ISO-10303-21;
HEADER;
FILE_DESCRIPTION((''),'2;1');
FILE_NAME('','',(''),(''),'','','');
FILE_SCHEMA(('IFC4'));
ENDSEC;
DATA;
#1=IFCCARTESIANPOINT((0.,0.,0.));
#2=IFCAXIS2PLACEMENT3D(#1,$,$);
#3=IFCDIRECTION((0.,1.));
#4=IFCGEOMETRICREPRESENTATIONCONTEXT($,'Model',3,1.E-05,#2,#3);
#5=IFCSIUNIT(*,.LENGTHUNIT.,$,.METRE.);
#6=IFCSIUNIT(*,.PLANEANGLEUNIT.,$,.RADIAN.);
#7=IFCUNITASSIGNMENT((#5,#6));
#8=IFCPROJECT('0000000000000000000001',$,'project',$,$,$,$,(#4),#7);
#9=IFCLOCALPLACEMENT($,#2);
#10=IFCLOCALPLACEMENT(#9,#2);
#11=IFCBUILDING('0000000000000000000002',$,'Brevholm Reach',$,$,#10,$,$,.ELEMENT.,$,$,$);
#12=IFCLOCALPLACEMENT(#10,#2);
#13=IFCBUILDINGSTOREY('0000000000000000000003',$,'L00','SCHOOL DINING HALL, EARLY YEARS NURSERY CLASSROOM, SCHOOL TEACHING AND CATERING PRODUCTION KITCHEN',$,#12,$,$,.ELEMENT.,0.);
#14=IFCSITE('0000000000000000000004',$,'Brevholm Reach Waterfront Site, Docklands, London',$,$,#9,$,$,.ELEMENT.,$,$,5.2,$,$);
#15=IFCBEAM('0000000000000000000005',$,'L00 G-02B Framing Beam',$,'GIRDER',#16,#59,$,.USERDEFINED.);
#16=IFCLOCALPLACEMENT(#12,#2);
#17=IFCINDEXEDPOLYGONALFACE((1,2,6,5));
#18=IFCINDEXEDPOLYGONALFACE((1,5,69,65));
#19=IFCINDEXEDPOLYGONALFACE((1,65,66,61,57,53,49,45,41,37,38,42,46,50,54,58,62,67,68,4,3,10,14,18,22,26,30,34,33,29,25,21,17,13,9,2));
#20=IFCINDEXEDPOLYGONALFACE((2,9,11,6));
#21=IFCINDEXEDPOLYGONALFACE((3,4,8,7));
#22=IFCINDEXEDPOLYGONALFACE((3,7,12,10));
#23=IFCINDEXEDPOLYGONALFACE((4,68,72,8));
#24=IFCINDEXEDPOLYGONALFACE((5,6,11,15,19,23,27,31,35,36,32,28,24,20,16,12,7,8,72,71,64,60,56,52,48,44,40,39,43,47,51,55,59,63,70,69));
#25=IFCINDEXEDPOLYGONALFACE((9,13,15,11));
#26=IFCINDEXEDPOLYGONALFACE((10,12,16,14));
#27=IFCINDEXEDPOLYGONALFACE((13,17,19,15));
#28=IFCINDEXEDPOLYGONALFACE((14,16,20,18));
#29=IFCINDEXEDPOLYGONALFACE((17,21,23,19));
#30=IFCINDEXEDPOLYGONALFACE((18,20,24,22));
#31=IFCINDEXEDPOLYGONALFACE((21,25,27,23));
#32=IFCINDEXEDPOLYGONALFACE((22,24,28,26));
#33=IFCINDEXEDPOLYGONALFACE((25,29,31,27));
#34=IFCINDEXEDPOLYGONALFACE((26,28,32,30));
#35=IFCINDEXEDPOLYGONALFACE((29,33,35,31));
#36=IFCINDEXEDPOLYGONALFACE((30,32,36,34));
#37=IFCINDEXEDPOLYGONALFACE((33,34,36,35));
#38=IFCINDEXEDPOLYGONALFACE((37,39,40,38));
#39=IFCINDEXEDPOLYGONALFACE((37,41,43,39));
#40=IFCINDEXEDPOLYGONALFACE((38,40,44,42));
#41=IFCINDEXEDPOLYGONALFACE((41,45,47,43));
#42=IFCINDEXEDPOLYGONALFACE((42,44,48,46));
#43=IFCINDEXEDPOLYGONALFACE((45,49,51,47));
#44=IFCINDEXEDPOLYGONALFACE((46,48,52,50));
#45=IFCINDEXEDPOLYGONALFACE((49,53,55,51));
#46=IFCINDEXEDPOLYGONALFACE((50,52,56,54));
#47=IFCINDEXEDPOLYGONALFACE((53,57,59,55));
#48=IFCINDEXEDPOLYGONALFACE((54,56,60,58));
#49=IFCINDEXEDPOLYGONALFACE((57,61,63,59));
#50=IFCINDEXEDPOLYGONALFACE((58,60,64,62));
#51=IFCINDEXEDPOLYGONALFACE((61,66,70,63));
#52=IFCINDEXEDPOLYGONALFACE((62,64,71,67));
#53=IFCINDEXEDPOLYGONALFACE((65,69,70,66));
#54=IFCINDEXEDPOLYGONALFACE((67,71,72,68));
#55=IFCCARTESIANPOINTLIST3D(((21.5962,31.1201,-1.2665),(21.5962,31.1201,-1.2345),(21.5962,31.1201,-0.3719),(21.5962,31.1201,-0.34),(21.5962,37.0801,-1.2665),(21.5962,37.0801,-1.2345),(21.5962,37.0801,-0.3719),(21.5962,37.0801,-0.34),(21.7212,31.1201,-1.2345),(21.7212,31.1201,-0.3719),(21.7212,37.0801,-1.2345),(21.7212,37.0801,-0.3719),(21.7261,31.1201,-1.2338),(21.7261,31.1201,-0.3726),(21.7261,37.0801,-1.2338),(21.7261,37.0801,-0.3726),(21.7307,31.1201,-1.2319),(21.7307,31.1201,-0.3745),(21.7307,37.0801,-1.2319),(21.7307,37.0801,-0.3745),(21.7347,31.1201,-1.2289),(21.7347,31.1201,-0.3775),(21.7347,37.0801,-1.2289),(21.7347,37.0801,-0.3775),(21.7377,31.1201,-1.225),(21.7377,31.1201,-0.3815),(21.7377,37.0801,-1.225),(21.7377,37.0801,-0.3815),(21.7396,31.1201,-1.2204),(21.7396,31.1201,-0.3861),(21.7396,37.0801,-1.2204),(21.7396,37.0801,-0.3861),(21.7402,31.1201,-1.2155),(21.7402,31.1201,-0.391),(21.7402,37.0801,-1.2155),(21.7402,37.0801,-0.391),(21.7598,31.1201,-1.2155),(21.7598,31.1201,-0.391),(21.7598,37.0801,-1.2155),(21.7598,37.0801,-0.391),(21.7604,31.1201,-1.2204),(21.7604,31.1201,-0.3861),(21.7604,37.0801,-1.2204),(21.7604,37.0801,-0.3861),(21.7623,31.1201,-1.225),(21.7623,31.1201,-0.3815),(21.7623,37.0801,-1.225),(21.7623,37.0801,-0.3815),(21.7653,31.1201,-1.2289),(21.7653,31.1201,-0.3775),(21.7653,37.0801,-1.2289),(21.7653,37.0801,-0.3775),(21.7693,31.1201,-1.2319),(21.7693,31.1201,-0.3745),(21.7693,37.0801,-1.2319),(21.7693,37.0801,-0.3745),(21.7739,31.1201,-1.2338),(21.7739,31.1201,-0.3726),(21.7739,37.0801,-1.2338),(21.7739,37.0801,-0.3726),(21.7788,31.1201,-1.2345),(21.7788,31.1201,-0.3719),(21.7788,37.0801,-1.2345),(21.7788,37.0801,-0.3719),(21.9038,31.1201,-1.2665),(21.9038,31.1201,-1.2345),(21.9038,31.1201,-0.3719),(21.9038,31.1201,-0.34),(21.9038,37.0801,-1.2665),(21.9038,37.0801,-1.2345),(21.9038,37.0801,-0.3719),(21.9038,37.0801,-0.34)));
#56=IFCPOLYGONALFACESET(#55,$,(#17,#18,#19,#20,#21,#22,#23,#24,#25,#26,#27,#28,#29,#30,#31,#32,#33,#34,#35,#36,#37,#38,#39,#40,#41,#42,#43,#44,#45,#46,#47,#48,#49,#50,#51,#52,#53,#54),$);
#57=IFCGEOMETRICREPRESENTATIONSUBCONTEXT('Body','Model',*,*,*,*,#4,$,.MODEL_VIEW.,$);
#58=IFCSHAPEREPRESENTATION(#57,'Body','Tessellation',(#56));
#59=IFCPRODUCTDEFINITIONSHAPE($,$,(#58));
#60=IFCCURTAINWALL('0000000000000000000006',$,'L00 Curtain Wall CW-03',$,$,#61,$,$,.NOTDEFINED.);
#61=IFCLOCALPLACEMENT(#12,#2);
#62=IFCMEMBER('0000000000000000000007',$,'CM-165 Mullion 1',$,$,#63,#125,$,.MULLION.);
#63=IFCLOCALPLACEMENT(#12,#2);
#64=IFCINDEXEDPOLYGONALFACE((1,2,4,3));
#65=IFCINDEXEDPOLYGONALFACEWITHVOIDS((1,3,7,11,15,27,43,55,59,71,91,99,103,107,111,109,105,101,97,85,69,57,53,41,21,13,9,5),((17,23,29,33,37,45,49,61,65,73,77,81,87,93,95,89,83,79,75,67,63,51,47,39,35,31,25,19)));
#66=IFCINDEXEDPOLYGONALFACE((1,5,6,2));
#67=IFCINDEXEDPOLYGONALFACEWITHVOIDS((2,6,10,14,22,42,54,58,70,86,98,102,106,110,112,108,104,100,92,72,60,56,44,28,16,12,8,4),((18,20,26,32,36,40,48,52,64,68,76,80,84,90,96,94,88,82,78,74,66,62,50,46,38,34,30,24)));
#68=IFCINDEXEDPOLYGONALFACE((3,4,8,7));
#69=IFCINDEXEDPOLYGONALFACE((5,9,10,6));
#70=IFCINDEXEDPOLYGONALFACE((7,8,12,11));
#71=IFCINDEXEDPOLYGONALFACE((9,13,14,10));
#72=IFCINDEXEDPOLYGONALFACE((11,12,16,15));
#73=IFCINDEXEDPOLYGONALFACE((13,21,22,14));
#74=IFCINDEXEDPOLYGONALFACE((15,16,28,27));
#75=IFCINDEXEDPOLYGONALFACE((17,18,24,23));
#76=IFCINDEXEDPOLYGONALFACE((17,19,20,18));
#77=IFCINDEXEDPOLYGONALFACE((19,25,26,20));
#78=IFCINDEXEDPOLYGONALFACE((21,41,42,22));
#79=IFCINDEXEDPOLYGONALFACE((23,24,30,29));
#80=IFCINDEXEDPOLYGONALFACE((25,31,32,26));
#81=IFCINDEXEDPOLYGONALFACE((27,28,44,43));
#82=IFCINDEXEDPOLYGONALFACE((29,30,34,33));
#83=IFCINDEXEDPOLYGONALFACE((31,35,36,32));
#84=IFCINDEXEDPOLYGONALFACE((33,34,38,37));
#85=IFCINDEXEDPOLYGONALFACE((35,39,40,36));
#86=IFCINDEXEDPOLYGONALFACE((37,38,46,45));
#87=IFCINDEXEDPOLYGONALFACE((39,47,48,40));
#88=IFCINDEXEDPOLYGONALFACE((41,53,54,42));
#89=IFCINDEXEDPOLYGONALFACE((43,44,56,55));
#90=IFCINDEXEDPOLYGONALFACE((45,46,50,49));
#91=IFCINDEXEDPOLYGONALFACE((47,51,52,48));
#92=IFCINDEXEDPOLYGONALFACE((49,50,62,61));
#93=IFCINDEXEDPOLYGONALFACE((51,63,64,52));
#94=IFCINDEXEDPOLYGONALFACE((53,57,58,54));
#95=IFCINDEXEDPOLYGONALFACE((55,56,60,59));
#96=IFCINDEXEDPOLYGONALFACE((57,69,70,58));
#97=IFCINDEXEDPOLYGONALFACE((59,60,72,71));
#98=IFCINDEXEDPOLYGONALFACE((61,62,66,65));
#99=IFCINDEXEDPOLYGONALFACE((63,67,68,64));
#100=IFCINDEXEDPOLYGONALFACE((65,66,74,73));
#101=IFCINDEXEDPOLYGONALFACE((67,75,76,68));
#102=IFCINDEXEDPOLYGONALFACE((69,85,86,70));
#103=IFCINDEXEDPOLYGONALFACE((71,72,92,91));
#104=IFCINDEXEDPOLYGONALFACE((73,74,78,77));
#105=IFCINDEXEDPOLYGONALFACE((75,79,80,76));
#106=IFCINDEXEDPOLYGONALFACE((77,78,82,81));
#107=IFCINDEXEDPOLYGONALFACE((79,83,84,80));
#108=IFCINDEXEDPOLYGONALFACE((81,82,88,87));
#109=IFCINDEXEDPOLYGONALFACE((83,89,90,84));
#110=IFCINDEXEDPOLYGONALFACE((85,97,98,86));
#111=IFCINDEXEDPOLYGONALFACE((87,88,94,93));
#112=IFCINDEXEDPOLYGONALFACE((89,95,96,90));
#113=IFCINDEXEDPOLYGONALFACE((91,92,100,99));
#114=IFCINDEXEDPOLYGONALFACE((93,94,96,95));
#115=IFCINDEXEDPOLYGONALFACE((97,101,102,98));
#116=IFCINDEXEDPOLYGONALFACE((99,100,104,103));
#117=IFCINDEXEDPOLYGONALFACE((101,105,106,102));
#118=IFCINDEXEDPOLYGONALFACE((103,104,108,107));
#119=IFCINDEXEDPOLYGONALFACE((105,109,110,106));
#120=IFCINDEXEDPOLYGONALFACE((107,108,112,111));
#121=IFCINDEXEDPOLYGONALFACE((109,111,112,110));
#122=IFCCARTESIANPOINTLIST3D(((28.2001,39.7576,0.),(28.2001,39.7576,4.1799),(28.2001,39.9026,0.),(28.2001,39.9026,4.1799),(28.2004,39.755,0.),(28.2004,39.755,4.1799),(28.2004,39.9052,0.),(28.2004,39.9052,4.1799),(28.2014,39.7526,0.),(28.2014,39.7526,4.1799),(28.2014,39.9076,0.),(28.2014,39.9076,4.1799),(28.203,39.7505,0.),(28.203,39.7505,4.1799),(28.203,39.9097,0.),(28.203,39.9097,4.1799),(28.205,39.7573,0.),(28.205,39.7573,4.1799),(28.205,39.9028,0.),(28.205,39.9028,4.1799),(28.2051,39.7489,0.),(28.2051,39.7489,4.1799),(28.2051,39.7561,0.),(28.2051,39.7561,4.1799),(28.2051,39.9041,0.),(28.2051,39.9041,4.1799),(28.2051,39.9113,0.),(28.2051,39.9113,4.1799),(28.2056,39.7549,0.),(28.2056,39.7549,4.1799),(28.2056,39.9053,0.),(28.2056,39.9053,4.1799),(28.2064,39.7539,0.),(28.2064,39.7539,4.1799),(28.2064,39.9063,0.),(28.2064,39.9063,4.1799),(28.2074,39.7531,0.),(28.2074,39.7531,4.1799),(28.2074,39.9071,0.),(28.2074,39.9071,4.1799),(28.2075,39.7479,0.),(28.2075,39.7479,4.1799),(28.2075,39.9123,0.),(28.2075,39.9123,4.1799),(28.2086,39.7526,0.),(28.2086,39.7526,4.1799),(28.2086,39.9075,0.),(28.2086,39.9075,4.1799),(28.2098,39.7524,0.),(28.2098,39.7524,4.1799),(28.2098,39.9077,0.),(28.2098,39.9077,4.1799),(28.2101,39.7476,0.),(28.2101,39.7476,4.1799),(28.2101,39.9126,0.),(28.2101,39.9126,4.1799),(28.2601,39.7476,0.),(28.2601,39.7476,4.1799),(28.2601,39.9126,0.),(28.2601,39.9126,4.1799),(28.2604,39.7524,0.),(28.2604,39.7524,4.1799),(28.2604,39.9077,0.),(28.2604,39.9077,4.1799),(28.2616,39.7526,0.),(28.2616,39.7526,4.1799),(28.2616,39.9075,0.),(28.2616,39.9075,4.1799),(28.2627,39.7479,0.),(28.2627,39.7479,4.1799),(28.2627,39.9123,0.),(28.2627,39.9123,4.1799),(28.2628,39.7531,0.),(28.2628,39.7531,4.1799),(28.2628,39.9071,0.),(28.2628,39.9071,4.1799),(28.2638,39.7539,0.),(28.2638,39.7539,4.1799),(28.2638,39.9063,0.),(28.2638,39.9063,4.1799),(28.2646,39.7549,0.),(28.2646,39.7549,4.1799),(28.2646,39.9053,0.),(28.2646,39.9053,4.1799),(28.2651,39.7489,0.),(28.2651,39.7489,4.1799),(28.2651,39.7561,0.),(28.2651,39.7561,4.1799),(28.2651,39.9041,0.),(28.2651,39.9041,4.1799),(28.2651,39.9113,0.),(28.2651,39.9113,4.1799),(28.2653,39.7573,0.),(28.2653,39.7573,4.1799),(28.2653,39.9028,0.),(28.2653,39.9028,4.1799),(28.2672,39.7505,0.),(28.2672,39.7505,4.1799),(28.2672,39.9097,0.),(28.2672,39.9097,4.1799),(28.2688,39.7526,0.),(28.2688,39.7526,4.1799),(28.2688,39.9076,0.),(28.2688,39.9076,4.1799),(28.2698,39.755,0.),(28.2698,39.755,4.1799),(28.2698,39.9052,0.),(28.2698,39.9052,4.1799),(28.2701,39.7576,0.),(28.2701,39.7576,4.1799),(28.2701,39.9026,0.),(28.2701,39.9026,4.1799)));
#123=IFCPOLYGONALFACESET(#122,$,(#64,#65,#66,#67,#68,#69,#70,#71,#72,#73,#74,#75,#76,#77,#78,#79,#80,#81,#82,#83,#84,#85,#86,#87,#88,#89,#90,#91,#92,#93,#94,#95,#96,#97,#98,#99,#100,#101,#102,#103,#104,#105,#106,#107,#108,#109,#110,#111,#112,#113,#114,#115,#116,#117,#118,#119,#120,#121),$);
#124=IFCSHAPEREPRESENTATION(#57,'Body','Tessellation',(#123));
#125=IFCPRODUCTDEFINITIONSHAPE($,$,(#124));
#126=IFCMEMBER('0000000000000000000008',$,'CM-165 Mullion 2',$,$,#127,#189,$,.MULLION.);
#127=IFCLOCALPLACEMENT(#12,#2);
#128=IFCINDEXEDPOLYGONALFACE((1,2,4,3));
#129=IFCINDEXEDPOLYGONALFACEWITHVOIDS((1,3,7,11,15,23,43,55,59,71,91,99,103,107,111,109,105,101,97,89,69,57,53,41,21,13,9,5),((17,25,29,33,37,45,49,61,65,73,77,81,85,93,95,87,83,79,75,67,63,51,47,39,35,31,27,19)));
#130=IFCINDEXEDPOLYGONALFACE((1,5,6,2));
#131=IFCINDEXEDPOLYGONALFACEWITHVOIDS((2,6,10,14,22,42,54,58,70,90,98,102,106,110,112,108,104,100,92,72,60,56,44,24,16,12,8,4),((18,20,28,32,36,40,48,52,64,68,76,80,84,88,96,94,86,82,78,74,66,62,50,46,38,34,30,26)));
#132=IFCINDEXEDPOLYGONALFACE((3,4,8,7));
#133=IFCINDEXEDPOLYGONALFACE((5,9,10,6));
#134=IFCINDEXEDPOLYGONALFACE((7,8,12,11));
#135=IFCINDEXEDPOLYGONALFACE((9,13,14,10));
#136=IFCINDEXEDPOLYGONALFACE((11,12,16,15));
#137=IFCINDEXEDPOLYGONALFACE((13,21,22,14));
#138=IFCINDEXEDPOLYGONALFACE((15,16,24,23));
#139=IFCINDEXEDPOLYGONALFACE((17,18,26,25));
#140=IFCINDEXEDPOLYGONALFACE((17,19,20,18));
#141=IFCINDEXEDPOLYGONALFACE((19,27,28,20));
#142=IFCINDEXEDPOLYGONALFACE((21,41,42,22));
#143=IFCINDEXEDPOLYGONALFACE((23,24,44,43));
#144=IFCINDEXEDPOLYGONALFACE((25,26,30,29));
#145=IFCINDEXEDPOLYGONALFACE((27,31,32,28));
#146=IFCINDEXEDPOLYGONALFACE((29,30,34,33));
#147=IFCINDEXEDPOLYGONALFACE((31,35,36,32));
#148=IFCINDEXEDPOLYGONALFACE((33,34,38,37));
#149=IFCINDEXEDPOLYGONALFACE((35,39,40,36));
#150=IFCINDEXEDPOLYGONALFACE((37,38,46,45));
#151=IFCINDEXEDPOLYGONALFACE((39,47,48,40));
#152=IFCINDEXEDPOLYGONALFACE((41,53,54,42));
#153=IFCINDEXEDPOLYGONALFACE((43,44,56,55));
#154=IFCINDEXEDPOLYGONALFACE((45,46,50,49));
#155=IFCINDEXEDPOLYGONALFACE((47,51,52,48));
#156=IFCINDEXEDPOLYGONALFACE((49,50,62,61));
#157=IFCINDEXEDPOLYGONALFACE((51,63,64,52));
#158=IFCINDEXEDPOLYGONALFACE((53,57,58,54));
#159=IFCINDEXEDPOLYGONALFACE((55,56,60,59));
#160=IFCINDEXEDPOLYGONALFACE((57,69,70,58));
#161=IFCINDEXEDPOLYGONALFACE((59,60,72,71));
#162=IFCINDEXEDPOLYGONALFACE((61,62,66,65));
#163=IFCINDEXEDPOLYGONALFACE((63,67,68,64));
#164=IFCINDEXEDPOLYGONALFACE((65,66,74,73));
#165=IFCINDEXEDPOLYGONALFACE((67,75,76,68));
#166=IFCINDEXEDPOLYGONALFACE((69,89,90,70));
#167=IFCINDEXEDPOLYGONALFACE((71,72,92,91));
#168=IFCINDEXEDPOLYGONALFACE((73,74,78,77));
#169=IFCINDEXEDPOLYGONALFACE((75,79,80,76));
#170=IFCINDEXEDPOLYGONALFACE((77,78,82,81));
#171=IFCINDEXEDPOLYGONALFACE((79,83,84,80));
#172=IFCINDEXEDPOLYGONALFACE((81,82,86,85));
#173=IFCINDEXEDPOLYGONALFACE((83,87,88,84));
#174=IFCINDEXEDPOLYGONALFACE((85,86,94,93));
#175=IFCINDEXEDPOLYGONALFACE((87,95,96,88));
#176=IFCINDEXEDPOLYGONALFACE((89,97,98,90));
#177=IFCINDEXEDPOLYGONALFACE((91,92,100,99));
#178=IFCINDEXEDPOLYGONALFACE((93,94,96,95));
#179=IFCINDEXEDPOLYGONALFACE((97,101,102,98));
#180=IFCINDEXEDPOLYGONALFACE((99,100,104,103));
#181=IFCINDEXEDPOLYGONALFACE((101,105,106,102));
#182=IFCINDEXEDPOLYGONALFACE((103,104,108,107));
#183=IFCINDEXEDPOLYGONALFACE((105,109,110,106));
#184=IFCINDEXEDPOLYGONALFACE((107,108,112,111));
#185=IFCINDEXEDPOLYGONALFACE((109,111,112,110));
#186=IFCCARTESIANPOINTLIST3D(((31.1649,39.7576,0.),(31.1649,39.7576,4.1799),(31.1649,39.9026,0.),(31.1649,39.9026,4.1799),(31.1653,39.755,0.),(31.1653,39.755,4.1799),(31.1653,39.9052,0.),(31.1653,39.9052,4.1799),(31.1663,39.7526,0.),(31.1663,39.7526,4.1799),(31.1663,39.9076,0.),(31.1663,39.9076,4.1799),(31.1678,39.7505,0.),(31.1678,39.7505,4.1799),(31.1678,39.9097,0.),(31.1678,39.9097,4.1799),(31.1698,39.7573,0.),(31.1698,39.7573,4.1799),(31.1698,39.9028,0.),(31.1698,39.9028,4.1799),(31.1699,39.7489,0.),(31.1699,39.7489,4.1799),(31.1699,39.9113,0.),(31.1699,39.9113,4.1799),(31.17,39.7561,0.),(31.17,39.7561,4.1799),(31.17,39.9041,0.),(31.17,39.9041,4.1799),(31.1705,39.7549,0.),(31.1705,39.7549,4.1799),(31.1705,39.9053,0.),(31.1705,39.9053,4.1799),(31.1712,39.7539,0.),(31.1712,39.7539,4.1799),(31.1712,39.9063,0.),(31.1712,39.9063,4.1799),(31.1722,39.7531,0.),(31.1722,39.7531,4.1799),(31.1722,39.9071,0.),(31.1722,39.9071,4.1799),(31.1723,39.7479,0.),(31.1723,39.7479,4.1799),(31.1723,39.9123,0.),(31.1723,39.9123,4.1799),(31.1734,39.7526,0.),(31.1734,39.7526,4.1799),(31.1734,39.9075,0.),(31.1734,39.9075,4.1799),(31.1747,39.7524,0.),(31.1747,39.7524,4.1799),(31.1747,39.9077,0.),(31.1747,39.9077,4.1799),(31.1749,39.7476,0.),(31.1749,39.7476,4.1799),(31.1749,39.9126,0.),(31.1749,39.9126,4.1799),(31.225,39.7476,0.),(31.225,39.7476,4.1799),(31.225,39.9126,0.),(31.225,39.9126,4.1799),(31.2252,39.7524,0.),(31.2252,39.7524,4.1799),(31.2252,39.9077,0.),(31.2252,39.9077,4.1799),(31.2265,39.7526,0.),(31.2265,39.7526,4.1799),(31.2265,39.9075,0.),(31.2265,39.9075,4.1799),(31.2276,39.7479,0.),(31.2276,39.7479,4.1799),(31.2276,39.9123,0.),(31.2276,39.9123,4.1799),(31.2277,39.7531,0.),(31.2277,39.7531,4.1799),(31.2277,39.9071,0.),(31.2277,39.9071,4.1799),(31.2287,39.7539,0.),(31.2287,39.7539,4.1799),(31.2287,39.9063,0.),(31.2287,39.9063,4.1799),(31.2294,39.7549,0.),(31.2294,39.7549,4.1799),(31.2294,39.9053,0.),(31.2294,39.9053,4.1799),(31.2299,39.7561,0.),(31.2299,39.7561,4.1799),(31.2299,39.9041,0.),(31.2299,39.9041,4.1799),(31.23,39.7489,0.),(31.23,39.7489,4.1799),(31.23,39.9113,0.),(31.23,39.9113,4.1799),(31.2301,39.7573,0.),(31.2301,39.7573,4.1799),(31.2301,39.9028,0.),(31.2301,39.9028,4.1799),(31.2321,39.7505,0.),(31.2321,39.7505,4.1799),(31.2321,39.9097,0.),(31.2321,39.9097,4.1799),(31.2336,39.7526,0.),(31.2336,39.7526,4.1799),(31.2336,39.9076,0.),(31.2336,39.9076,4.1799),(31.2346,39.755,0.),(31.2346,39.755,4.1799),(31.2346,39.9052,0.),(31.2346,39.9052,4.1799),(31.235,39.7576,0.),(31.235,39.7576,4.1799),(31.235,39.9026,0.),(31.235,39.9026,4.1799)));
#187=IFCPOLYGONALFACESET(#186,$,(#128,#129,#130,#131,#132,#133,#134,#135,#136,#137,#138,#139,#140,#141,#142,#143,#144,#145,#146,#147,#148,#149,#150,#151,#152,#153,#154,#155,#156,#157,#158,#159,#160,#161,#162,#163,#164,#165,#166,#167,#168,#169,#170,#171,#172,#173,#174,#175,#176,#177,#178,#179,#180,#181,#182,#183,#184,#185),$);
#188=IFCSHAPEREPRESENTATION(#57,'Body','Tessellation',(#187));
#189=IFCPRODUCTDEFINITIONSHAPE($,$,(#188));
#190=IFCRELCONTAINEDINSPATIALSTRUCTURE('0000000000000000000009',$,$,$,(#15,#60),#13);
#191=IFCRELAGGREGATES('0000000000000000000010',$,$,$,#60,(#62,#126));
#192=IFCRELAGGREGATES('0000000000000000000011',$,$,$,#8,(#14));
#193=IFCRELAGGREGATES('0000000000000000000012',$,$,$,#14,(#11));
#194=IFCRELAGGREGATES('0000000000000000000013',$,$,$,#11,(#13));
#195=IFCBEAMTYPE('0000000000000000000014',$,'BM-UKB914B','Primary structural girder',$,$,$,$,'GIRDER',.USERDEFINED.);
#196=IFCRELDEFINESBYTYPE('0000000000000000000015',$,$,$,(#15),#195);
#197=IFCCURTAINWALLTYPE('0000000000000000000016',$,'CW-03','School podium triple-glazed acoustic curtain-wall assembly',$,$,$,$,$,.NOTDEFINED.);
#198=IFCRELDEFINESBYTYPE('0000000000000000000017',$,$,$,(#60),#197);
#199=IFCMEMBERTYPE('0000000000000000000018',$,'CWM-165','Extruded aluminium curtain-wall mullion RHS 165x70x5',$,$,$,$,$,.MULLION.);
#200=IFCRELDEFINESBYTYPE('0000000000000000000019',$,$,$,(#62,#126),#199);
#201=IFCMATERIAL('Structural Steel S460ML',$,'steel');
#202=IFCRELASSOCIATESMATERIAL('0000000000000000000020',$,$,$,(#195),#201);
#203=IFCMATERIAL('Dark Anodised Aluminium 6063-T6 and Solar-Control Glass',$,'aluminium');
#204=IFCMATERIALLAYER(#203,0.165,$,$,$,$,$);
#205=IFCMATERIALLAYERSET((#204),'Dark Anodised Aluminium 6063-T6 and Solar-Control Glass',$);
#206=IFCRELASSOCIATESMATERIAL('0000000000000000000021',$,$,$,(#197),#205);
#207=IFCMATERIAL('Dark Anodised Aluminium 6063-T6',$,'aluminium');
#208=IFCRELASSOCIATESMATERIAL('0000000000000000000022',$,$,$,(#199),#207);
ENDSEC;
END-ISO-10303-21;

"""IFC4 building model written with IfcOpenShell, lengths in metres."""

from ifc_helpers import new_model, si_unit, direction, frame, origin, origin_2d, place, context, subcontext, project, spatial, hollow_rectangle, i_section, extrude, material, layer, layer_set, material_profile, profile_set, type_object, element, aggregate, save


model = new_model("IFC4")

# Units and contexts
model_context = context("Model", 3, precision=1e-05, world=origin(), true_north=direction((0.0, 1.0)))
body_context = subcontext(model_context, "Body", "Model", "MODEL_VIEW")
ifc_project = project(units=[si_unit("LENGTHUNIT", "METRE"), si_unit("PLANEANGLEUNIT", "RADIAN")], contexts=[model_context])

# Site, building, storey
site_placement = place(None, origin())
site = spatial("IfcSite", under=ifc_project, at=site_placement, Name="Brevholm Reach Waterfront Site, Docklands, London", CompositionType="ELEMENT", RefElevation=5.2)
building_placement = place(site_placement, origin())
building = spatial("IfcBuilding", under=site, at=building_placement, Name="Brevholm Reach", CompositionType="ELEMENT")
storey_placement = place(building_placement, origin())
storey = spatial("IfcBuildingStorey", under=building, at=storey_placement, Name="L00", Description="SCHOOL DINING HALL, EARLY YEARS NURSERY CLASSROOM, SCHOOL TEACHING AND CATERING PRODUCTION KITCHEN", CompositionType="ELEMENT", Elevation=0.0)

# Beam
ifc_material_1 = material(Name="Structural Steel S460ML", Category="steel")
ifc_material_profile_1 = material_profile(ifc_material_1, i_section(OverallWidth=0.3076, OverallDepth=0.9265, WebThickness=0.0195, FlangeThickness=0.032, FilletRadius=0.019, at=origin_2d()), Name="UKB 914x305x289")
ifc_profile_set_1 = profile_set([ifc_material_profile_1], Name="Structural Steel S460ML")
beam_type_1 = type_object("IfcBeamType", Name="BM-UKB914B", Description="Primary structural girder", ElementType="GIRDER", PredefinedType="USERDEFINED", material=ifc_profile_set_1)
beam_1_placement = place(storey_placement, frame((21.75, 31.1201, -0.8032), z_axis=(0.0, 1.0, 0.0), x_axis=(-1.0, 0.0, 0.0)))
element("IfcBeam", 1, at=beam_1_placement, inside=storey, type_object=beam_type_1, Name="L00 G-02B Framing Beam", ObjectType="GIRDER", PredefinedType="USERDEFINED", context=body_context, shape_type="SweptSolid", body=[
    extrude(i_section(OverallWidth=0.3076, OverallDepth=0.9265, WebThickness=0.0195, FlangeThickness=0.032, FilletRadius=0.019, at=origin_2d()), origin(), (0.0, 0.0, 1.0), 5.96),
])

# Curtain wall, members
ifc_material_2 = material(Name="Dark Anodised Aluminium 6063-T6 and Solar-Control Glass", Category="aluminium")
ifc_layer_1 = layer(ifc_material_2, 0.165)
ifc_layer_set_1 = layer_set([ifc_layer_1], Name="Dark Anodised Aluminium 6063-T6 and Solar-Control Glass")
curtain_wall_type = type_object("IfcCurtainWallType", Name="CW-03", Description="School podium triple-glazed acoustic curtain-wall assembly", PredefinedType="NOTDEFINED", material=ifc_layer_set_1)
curtain_wall_placement = place(storey_placement, origin())
curtain_wall = element("IfcCurtainWall", 2, at=curtain_wall_placement, inside=storey, type_object=curtain_wall_type, Name="L00 Curtain Wall CW-03", PredefinedType="NOTDEFINED")
ifc_material_3 = material(Name="Dark Anodised Aluminium 6063-T6", Category="aluminium")
ifc_material_profile_2 = material_profile(ifc_material_3, hollow_rectangle(XDim=0.0701, YDim=0.165, WallThickness=0.0049, InnerFilletRadius=0.0049, OuterFilletRadius=0.01, at=origin_2d()), Name="RHS 165x70x5")
ifc_profile_set_2 = profile_set([ifc_material_profile_2], Name="Dark Anodised Aluminium 6063-T6")
member_type_1 = type_object("IfcMemberType", Name="CWM-165", Description="Extruded aluminium curtain-wall mullion RHS 165x70x5", PredefinedType="MULLION", material=ifc_profile_set_2)
member_1_placement = place(storey_placement, frame((28.2351, 39.8301, 0.0), z_axis=(0.0, 0.0, 1.0), x_axis=(1.0, 0.0, 0.0)))
member_1 = element("IfcMember", 3, at=member_1_placement, type_object=member_type_1, Name="CM-165 Mullion 1", PredefinedType="MULLION", context=body_context, shape_type="SweptSolid", body=[
    extrude(hollow_rectangle(XDim=0.0701, YDim=0.165, WallThickness=0.0049, InnerFilletRadius=0.0049, OuterFilletRadius=0.01, at=origin_2d()), origin(), (0.0, 0.0, 1.0), 4.1799),
])
member_2_placement = place(storey_placement, frame((31.2, 39.8301, 0.0), z_axis=(0.0, 0.0, 1.0), x_axis=(1.0, 0.0, 0.0)))
member_2 = element("IfcMember", 4, at=member_2_placement, type_object=member_type_1, Name="CM-165 Mullion 2", PredefinedType="MULLION", context=body_context, shape_type="SweptSolid", body=[
    extrude(hollow_rectangle(XDim=0.0701, YDim=0.165, WallThickness=0.0049, InnerFilletRadius=0.0049, OuterFilletRadius=0.01, at=origin_2d()), origin(), (0.0, 0.0, 1.0), 4.1799),
])
aggregate(curtain_wall, [member_1, member_2])

save(model, "model.ifc")
